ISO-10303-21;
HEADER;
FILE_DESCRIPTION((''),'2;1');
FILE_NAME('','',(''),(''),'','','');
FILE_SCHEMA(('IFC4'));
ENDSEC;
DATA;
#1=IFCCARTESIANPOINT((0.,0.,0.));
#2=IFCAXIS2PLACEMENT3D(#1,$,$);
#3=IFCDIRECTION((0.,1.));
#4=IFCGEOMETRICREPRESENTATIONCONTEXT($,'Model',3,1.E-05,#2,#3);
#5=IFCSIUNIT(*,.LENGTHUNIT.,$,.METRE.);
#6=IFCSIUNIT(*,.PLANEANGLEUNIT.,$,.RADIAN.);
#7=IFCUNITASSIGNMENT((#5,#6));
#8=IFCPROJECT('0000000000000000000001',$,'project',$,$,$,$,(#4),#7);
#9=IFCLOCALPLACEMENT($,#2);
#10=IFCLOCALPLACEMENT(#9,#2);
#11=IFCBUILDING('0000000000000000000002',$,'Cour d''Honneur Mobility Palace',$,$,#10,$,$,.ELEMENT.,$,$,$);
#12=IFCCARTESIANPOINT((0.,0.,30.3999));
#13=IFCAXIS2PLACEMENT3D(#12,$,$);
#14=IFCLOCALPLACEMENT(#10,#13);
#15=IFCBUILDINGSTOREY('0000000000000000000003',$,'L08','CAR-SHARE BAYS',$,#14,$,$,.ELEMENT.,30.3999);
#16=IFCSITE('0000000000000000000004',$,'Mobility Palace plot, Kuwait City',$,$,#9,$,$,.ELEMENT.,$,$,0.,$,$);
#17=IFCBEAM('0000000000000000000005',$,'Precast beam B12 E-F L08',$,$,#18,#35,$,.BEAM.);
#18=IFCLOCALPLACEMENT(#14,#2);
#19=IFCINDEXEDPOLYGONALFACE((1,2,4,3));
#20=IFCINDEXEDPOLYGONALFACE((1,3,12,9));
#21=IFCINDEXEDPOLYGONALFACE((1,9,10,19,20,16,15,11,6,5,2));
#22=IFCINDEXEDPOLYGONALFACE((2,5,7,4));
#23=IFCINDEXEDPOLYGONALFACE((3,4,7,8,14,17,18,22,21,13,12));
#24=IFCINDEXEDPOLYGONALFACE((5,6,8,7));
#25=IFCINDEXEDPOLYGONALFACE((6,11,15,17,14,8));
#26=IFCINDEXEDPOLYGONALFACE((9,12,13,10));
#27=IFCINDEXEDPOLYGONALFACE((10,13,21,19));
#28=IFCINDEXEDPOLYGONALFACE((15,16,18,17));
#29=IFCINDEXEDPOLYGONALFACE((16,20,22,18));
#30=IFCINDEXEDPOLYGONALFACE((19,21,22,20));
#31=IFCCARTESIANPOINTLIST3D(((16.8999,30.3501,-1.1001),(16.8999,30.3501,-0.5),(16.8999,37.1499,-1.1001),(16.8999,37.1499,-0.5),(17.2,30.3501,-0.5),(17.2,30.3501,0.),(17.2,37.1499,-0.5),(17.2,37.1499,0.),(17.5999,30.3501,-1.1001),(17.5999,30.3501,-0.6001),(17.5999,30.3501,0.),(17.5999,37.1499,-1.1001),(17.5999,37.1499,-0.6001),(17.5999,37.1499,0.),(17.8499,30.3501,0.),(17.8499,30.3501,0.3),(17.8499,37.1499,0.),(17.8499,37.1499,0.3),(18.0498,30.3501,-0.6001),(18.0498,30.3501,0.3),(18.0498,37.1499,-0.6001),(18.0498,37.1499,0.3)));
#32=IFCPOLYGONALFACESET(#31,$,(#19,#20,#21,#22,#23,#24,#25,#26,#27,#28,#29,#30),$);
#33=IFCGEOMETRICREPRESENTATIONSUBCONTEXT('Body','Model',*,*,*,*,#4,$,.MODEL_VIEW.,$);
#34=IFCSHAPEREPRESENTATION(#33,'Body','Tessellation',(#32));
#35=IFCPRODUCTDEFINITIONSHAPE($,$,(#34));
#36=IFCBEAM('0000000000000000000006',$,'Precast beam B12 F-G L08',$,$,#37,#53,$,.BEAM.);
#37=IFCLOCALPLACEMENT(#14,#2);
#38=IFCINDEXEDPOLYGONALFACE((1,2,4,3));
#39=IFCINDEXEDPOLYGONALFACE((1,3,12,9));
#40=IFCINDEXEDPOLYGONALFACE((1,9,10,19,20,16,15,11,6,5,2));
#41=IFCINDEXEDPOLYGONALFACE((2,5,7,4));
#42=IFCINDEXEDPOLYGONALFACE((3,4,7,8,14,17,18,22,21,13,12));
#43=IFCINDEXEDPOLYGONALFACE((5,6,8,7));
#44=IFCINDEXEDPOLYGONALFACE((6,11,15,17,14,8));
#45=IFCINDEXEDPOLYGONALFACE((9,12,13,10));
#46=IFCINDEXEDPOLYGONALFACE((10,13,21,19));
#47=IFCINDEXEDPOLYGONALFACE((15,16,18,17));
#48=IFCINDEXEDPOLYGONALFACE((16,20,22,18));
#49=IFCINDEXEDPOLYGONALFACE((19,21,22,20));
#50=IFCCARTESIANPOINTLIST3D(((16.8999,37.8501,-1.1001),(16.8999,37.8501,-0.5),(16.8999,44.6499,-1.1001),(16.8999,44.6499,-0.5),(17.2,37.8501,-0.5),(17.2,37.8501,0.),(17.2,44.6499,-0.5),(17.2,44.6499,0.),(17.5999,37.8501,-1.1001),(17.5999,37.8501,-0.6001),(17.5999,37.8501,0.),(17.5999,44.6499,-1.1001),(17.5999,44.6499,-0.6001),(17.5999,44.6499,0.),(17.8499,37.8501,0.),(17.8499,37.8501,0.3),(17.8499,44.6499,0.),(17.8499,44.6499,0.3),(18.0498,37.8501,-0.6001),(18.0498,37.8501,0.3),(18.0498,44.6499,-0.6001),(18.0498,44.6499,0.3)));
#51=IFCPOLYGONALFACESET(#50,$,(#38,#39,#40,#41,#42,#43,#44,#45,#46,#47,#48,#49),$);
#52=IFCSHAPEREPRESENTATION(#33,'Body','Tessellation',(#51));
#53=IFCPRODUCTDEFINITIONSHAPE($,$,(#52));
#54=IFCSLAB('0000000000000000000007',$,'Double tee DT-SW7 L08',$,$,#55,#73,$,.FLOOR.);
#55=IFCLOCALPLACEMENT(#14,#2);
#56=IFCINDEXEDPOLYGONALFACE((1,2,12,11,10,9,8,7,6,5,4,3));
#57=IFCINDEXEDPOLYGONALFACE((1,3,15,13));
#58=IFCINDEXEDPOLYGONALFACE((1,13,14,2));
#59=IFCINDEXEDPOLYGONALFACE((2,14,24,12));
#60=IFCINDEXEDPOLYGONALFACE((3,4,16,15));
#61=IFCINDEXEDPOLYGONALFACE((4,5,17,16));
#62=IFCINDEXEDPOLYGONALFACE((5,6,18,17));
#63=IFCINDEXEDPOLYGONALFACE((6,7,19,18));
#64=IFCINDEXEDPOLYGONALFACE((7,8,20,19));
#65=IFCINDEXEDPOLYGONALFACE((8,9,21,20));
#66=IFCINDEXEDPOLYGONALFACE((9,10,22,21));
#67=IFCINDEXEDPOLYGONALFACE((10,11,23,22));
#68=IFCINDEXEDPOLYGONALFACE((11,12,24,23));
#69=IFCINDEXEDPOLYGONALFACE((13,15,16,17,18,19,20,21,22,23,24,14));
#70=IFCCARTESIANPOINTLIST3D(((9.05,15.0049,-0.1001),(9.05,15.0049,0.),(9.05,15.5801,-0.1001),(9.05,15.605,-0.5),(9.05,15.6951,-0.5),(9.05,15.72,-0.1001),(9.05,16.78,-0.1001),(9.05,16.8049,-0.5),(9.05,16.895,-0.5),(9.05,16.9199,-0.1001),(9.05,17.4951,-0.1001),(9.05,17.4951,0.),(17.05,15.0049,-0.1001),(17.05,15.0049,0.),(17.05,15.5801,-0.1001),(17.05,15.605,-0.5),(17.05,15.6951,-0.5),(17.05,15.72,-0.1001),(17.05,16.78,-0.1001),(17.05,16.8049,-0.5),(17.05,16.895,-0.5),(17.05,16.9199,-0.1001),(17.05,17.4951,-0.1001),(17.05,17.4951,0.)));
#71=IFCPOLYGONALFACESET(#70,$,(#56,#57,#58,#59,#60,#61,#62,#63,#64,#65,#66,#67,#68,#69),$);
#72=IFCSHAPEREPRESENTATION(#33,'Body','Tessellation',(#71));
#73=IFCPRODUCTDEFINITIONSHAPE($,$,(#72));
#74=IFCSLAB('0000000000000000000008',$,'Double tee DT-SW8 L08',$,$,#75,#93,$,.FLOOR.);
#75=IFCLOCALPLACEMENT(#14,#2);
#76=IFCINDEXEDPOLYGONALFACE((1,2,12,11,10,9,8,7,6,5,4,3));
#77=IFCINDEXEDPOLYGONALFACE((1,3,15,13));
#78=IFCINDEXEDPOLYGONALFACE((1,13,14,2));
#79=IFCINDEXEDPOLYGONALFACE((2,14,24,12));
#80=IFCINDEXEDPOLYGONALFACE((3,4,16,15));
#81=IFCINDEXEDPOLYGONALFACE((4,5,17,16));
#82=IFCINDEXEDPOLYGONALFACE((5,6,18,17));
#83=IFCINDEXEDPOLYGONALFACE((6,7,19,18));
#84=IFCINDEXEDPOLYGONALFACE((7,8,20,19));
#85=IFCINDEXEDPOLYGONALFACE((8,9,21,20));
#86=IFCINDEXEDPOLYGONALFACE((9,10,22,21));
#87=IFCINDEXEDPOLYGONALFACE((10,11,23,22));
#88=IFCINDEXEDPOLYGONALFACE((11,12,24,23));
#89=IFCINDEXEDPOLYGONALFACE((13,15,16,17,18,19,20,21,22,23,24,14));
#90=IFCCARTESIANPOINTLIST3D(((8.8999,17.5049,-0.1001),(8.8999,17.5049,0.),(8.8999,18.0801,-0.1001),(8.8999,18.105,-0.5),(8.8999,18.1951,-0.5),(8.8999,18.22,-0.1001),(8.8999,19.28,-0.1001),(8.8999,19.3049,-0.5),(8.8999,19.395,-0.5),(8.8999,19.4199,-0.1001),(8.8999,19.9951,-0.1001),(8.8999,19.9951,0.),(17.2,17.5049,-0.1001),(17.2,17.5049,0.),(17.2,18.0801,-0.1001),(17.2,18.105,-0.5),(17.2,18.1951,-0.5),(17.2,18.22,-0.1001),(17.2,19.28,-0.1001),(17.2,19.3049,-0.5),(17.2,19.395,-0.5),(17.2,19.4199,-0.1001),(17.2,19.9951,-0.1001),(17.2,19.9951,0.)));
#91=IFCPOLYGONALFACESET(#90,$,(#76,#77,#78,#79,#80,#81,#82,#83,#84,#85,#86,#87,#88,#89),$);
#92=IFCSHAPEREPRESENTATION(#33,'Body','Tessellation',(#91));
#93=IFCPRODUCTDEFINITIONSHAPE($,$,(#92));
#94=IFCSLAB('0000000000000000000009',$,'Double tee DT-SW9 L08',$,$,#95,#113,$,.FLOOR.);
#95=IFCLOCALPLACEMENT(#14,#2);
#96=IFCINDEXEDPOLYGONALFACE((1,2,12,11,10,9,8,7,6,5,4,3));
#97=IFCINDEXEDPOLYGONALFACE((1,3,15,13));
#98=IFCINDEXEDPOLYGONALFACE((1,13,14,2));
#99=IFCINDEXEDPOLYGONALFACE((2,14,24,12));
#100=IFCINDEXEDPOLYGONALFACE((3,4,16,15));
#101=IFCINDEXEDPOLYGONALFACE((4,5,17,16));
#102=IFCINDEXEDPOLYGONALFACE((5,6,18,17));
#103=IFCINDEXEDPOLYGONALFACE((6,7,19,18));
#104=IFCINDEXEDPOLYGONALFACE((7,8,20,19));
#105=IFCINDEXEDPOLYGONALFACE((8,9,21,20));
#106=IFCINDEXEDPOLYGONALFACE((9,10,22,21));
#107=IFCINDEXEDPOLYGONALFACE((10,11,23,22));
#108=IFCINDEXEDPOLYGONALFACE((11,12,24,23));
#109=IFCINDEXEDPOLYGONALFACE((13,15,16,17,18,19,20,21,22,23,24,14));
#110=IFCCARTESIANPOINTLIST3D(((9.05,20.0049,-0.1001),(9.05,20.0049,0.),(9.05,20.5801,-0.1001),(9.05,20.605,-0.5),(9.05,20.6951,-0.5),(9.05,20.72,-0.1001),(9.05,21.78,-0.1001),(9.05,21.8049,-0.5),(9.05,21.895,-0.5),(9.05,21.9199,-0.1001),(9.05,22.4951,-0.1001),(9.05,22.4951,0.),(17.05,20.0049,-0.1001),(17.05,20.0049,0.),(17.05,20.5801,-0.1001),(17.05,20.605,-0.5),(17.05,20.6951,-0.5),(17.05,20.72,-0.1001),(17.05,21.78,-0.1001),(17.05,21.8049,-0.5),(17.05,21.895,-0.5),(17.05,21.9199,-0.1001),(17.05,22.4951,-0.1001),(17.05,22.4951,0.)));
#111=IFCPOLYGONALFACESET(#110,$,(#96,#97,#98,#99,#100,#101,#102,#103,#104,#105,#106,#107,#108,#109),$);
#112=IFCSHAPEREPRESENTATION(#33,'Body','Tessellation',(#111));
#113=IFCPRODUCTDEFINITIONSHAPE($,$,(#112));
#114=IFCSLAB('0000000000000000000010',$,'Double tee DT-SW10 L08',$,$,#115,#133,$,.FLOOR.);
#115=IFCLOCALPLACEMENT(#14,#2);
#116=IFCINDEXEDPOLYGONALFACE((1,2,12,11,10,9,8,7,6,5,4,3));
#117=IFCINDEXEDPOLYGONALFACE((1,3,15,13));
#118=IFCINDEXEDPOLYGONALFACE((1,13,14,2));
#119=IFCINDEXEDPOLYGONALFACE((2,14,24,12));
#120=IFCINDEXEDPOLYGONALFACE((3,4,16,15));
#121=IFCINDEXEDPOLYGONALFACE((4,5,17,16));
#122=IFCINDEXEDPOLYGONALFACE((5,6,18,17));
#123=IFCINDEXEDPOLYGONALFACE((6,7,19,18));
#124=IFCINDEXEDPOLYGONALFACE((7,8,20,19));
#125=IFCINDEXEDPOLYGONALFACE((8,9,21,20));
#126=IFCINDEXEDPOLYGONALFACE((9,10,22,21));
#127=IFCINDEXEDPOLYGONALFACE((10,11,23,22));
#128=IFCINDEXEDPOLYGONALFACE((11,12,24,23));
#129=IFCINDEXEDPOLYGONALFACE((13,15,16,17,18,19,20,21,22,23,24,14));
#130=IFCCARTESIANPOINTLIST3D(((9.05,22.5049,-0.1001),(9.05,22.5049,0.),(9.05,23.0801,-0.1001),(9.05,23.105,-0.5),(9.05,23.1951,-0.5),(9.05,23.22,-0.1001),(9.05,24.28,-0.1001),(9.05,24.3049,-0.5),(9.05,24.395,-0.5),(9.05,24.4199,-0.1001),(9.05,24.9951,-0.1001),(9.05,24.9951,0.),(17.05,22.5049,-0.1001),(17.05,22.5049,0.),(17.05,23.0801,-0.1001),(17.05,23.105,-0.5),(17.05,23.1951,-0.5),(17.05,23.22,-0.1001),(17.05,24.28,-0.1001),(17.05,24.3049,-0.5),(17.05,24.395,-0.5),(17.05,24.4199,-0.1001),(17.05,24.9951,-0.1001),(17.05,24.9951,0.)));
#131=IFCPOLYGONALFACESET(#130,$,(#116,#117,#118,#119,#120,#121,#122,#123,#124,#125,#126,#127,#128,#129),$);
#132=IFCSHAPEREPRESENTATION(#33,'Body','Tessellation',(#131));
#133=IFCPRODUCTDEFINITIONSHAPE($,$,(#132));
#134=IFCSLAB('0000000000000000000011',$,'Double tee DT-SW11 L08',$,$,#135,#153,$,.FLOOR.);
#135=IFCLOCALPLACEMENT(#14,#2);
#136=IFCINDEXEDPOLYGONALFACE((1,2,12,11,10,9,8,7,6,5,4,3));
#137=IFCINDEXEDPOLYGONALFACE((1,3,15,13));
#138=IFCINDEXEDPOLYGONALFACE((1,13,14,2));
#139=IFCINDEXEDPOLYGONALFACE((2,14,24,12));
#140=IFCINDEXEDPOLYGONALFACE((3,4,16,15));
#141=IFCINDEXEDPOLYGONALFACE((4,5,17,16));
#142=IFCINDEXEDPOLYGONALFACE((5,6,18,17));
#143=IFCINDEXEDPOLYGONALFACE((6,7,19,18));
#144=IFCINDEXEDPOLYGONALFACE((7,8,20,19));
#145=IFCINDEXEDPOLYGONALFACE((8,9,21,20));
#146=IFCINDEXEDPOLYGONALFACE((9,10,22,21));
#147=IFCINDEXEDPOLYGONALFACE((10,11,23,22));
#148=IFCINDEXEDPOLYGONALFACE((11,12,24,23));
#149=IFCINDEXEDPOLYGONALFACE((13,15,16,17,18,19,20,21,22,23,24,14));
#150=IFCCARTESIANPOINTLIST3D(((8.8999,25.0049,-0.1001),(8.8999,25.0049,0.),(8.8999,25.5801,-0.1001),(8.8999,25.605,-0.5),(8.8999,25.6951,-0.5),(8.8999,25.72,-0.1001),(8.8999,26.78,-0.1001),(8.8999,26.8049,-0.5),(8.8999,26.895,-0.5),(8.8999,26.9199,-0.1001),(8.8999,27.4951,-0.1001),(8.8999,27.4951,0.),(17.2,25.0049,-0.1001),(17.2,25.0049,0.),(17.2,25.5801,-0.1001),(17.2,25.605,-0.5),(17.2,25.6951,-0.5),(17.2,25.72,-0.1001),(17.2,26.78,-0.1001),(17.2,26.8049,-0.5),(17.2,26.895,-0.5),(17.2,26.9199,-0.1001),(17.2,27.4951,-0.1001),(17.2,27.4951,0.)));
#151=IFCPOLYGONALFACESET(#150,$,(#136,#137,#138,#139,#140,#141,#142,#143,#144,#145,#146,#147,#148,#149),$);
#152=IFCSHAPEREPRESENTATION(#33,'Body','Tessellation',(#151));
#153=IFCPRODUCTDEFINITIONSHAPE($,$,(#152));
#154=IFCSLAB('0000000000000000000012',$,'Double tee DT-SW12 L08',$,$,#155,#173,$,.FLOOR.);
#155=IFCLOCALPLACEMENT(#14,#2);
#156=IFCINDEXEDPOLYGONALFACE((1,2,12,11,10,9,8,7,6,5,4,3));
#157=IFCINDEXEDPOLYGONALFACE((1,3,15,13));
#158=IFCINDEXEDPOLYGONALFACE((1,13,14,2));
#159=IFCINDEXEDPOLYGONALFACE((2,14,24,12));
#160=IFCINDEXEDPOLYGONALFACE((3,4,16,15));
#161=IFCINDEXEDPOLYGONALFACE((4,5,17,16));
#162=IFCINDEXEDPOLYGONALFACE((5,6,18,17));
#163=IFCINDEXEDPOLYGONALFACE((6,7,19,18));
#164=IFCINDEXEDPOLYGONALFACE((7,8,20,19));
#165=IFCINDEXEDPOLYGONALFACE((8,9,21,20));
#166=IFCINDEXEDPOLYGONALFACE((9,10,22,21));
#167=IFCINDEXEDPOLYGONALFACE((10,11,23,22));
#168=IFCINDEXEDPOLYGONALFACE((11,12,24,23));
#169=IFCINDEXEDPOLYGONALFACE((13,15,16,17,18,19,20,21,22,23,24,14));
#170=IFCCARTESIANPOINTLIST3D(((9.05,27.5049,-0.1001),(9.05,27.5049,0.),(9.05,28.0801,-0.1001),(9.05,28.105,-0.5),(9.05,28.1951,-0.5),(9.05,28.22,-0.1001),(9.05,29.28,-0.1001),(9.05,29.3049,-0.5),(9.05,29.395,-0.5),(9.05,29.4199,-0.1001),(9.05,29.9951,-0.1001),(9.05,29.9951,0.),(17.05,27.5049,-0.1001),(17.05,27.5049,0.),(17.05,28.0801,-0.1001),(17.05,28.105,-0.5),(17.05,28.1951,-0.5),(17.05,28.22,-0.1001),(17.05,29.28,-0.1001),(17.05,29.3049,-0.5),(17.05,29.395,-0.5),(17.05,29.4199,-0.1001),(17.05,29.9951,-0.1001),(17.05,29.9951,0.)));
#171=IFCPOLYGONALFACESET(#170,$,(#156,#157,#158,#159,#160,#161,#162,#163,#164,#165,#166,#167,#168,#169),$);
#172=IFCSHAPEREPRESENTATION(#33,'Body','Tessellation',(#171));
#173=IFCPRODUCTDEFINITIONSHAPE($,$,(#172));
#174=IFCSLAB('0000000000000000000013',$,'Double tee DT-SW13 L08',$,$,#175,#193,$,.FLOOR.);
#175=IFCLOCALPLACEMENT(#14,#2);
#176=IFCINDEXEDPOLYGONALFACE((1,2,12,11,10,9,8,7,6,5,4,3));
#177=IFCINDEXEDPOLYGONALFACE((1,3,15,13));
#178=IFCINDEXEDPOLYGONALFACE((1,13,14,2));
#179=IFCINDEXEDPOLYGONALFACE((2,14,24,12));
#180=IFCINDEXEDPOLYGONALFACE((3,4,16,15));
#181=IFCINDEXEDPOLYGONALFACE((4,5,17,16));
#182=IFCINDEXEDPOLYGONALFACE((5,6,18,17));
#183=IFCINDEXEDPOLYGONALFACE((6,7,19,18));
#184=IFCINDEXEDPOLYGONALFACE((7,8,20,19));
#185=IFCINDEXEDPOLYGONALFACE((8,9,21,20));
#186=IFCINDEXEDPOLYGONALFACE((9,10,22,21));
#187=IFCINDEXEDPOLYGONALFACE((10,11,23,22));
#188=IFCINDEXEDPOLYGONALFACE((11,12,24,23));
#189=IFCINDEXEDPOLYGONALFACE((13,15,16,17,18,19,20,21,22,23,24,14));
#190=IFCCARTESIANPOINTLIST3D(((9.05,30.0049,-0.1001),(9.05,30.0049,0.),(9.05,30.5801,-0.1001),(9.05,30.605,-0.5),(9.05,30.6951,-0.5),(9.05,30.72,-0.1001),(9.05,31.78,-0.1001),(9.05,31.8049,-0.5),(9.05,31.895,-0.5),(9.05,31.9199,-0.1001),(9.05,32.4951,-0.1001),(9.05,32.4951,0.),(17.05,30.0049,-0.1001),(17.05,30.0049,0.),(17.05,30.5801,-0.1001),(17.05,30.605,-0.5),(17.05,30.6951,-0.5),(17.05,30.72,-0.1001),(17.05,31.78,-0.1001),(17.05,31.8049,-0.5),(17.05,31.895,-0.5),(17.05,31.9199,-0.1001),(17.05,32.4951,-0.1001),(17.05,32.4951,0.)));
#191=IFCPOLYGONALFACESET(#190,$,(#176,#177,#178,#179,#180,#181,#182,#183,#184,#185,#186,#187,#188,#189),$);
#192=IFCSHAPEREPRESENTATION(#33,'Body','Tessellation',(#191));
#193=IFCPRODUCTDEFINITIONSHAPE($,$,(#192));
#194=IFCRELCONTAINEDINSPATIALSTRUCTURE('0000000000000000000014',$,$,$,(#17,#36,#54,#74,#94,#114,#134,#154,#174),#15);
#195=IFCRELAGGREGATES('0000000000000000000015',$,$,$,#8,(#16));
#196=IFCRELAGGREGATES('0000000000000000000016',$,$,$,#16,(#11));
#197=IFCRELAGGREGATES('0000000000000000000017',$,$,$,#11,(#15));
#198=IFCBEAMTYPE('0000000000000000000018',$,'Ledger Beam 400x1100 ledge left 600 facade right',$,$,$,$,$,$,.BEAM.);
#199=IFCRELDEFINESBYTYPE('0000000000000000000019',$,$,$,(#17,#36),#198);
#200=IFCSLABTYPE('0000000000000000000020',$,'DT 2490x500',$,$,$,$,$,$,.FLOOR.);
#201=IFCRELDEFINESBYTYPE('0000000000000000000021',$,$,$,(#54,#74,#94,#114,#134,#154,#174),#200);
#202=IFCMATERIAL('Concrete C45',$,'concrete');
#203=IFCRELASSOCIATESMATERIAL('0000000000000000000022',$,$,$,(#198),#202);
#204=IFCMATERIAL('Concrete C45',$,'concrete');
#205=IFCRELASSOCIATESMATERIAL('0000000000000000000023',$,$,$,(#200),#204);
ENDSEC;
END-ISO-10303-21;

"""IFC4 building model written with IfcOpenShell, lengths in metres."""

from ifc_helpers import new_model, si_unit, direction, frame, origin, place, context, subcontext, project, spatial, polyline, outline, extrude, material, material_profile, profile_set, type_object, element, save


model = new_model("IFC4")

# Units and contexts
model_context = context("Model", 3, precision=1e-05, world=origin(), true_north=direction((0.0, 1.0)))
body_context = subcontext(model_context, "Body", "Model", "MODEL_VIEW")
ifc_project = project(units=[si_unit("LENGTHUNIT", "METRE"), si_unit("PLANEANGLEUNIT", "RADIAN")], contexts=[model_context])

# Site, building, storey
site_placement = place(None, origin())
site = spatial("IfcSite", under=ifc_project, at=site_placement, Name="Mobility Palace plot, Kuwait City", CompositionType="ELEMENT", RefElevation=0.0)
building_placement = place(site_placement, origin())
building = spatial("IfcBuilding", under=site, at=building_placement, Name="Cour d'Honneur Mobility Palace", CompositionType="ELEMENT")
storey_placement = place(building_placement, frame((0.0, 0.0, 30.3999)))
storey = spatial("IfcBuildingStorey", under=building, at=storey_placement, Name="L08", Description="CAR-SHARE BAYS", CompositionType="ELEMENT", Elevation=30.3999)

# Beams
ifc_material_1 = material(Name="Concrete C45", Category="concrete")
ifc_material_profile_1 = material_profile(ifc_material_1, outline(polyline([(0.5, -1.1001), (0.5, -0.5), (0.2, -0.5), (0.2, 0.0), (-0.2, 0.0), (-0.45, 0.0), (-0.45, 0.3), (-0.6499, 0.3), (-0.6499, -0.6001), (-0.2, -0.6001), (-0.2, -1.1001), (0.5, -1.1001)])), Name="Ledger Beam 400x1100 ledge left 600 facade right")
ifc_profile_set_1 = profile_set([ifc_material_profile_1], Name="Concrete C45")
beam_type_1 = type_object("IfcBeamType", Name="Ledger Beam 400x1100 ledge left 600 facade right", PredefinedType="BEAM", material=ifc_profile_set_1)
for number, where, z_axis, x_axis, name in (
    (1, (17.3999, 30.3501, 0.0), (0.0, 1.0, 0.0), (-1.0, 0.0, 0.0), "Precast beam B12 E-F L08"),
    (2, (17.3999, 37.8501, 0.0), (0.0, 1.0, 0.0), (-1.0, 0.0, 0.0), "Precast beam B12 F-G L08"),
):
    element("IfcBeam", number, at=place(storey_placement, frame(where, z_axis=z_axis, x_axis=x_axis)), inside=storey, type_object=beam_type_1, Name=name, PredefinedType="BEAM", context=body_context, shape_type="SweptSolid", body=[
        extrude(outline(polyline([(0.5, -1.1001), (0.5, -0.5), (0.2, -0.5), (0.2, 0.0), (-0.2, 0.0), (-0.45, 0.0), (-0.45, 0.3), (-0.6499, 0.3), (-0.6499, -0.6001), (-0.2, -0.6001), (-0.2, -1.1001), (0.5, -1.1001)])), origin(), (0.0, 0.0, 1.0), 6.7998),
    ])

# Slabs
ifc_material_2 = material(Name="Concrete C45", Category="concrete")
ifc_material_profile_2 = material_profile(ifc_material_2, outline(polyline([(-1.2451, 0.0), (1.2451, 0.0), (1.2451, -0.1001), (0.6699, -0.1001), (0.645, -0.5), (0.5549, -0.5), (0.53, -0.1001), (-0.53, -0.1001), (-0.5549, -0.5), (-0.645, -0.5), (-0.6699, -0.1001), (-1.2451, -0.1001), (-1.2451, 0.0)])), Name="DT 2490x500")
ifc_profile_set_2 = profile_set([ifc_material_profile_2], Name="Concrete C45")
slab_type = type_object("IfcSlabType", Name="DT 2490x500", PredefinedType="FLOOR", material=ifc_profile_set_2)
slab_1_placement = place(storey_placement, frame((9.05, 16.25, 0.0), z_axis=(1.0, 0.0, 0.0), x_axis=(0.0, 1.0, 0.0)))
element("IfcSlab", 3, at=slab_1_placement, inside=storey, type_object=slab_type, Name="Double tee DT-SW7 L08", PredefinedType="FLOOR", context=body_context, shape_type="SweptSolid", body=[
    extrude(outline(polyline([(-1.2451, 0.0), (1.2451, 0.0), (1.2451, -0.1001), (0.6699, -0.1001), (0.645, -0.5), (0.5549, -0.5), (0.53, -0.1001), (-0.53, -0.1001), (-0.5549, -0.5), (-0.645, -0.5), (-0.6699, -0.1001), (-1.2451, -0.1001), (-1.2451, 0.0)])), origin(), (0.0, 0.0, 1.0), 8.0),
])
slab_2_placement = place(storey_placement, frame((8.8999, 18.75, 0.0), z_axis=(1.0, 0.0, 0.0), x_axis=(0.0, 1.0, 0.0)))
element("IfcSlab", 4, at=slab_2_placement, inside=storey, type_object=slab_type, Name="Double tee DT-SW8 L08", PredefinedType="FLOOR", context=body_context, shape_type="SweptSolid", body=[
    extrude(outline(polyline([(-1.2451, 0.0), (1.2451, 0.0), (1.2451, -0.1001), (0.6699, -0.1001), (0.645, -0.5), (0.5549, -0.5), (0.53, -0.1001), (-0.53, -0.1001), (-0.5549, -0.5), (-0.645, -0.5), (-0.6699, -0.1001), (-1.2451, -0.1001), (-1.2451, 0.0)])), origin(), (0.0, 0.0, 1.0), 8.3),
])
for number, where, z_axis, x_axis, name in (
    (5, (9.05, 21.25, 0.0), (1.0, 0.0, 0.0), (0.0, 1.0, 0.0), "Double tee DT-SW9 L08"),
    (6, (9.05, 23.75, 0.0), (1.0, 0.0, 0.0), (0.0, 1.0, 0.0), "Double tee DT-SW10 L08"),
):
    element("IfcSlab", number, at=place(storey_placement, frame(where, z_axis=z_axis, x_axis=x_axis)), inside=storey, type_object=slab_type, Name=name, PredefinedType="FLOOR", context=body_context, shape_type="SweptSolid", body=[
        extrude(outline(polyline([(-1.2451, 0.0), (1.2451, 0.0), (1.2451, -0.1001), (0.6699, -0.1001), (0.645, -0.5), (0.5549, -0.5), (0.53, -0.1001), (-0.53, -0.1001), (-0.5549, -0.5), (-0.645, -0.5), (-0.6699, -0.1001), (-1.2451, -0.1001), (-1.2451, 0.0)])), origin(), (0.0, 0.0, 1.0), 8.0),
    ])
slab_3_placement = place(storey_placement, frame((8.8999, 26.25, 0.0), z_axis=(1.0, 0.0, 0.0), x_axis=(0.0, 1.0, 0.0)))
element("IfcSlab", 7, at=slab_3_placement, inside=storey, type_object=slab_type, Name="Double tee DT-SW11 L08", PredefinedType="FLOOR", context=body_context, shape_type="SweptSolid", body=[
    extrude(outline(polyline([(-1.2451, 0.0), (1.2451, 0.0), (1.2451, -0.1001), (0.6699, -0.1001), (0.645, -0.5), (0.5549, -0.5), (0.53, -0.1001), (-0.53, -0.1001), (-0.5549, -0.5), (-0.645, -0.5), (-0.6699, -0.1001), (-1.2451, -0.1001), (-1.2451, 0.0)])), origin(), (0.0, 0.0, 1.0), 8.3),
])
for number, where, z_axis, x_axis, name in (
    (8, (9.05, 28.75, 0.0), (1.0, 0.0, 0.0), (0.0, 1.0, 0.0), "Double tee DT-SW12 L08"),
    (9, (9.05, 31.25, 0.0), (1.0, 0.0, 0.0), (0.0, 1.0, 0.0), "Double tee DT-SW13 L08"),
):
    element("IfcSlab", number, at=place(storey_placement, frame(where, z_axis=z_axis, x_axis=x_axis)), inside=storey, type_object=slab_type, Name=name, PredefinedType="FLOOR", context=body_context, shape_type="SweptSolid", body=[
        extrude(outline(polyline([(-1.2451, 0.0), (1.2451, 0.0), (1.2451, -0.1001), (0.6699, -0.1001), (0.645, -0.5), (0.5549, -0.5), (0.53, -0.1001), (-0.53, -0.1001), (-0.5549, -0.5), (-0.645, -0.5), (-0.6699, -0.1001), (-1.2451, -0.1001), (-1.2451, 0.0)])), origin(), (0.0, 0.0, 1.0), 8.0),
    ])

save(model, "model.ifc")
